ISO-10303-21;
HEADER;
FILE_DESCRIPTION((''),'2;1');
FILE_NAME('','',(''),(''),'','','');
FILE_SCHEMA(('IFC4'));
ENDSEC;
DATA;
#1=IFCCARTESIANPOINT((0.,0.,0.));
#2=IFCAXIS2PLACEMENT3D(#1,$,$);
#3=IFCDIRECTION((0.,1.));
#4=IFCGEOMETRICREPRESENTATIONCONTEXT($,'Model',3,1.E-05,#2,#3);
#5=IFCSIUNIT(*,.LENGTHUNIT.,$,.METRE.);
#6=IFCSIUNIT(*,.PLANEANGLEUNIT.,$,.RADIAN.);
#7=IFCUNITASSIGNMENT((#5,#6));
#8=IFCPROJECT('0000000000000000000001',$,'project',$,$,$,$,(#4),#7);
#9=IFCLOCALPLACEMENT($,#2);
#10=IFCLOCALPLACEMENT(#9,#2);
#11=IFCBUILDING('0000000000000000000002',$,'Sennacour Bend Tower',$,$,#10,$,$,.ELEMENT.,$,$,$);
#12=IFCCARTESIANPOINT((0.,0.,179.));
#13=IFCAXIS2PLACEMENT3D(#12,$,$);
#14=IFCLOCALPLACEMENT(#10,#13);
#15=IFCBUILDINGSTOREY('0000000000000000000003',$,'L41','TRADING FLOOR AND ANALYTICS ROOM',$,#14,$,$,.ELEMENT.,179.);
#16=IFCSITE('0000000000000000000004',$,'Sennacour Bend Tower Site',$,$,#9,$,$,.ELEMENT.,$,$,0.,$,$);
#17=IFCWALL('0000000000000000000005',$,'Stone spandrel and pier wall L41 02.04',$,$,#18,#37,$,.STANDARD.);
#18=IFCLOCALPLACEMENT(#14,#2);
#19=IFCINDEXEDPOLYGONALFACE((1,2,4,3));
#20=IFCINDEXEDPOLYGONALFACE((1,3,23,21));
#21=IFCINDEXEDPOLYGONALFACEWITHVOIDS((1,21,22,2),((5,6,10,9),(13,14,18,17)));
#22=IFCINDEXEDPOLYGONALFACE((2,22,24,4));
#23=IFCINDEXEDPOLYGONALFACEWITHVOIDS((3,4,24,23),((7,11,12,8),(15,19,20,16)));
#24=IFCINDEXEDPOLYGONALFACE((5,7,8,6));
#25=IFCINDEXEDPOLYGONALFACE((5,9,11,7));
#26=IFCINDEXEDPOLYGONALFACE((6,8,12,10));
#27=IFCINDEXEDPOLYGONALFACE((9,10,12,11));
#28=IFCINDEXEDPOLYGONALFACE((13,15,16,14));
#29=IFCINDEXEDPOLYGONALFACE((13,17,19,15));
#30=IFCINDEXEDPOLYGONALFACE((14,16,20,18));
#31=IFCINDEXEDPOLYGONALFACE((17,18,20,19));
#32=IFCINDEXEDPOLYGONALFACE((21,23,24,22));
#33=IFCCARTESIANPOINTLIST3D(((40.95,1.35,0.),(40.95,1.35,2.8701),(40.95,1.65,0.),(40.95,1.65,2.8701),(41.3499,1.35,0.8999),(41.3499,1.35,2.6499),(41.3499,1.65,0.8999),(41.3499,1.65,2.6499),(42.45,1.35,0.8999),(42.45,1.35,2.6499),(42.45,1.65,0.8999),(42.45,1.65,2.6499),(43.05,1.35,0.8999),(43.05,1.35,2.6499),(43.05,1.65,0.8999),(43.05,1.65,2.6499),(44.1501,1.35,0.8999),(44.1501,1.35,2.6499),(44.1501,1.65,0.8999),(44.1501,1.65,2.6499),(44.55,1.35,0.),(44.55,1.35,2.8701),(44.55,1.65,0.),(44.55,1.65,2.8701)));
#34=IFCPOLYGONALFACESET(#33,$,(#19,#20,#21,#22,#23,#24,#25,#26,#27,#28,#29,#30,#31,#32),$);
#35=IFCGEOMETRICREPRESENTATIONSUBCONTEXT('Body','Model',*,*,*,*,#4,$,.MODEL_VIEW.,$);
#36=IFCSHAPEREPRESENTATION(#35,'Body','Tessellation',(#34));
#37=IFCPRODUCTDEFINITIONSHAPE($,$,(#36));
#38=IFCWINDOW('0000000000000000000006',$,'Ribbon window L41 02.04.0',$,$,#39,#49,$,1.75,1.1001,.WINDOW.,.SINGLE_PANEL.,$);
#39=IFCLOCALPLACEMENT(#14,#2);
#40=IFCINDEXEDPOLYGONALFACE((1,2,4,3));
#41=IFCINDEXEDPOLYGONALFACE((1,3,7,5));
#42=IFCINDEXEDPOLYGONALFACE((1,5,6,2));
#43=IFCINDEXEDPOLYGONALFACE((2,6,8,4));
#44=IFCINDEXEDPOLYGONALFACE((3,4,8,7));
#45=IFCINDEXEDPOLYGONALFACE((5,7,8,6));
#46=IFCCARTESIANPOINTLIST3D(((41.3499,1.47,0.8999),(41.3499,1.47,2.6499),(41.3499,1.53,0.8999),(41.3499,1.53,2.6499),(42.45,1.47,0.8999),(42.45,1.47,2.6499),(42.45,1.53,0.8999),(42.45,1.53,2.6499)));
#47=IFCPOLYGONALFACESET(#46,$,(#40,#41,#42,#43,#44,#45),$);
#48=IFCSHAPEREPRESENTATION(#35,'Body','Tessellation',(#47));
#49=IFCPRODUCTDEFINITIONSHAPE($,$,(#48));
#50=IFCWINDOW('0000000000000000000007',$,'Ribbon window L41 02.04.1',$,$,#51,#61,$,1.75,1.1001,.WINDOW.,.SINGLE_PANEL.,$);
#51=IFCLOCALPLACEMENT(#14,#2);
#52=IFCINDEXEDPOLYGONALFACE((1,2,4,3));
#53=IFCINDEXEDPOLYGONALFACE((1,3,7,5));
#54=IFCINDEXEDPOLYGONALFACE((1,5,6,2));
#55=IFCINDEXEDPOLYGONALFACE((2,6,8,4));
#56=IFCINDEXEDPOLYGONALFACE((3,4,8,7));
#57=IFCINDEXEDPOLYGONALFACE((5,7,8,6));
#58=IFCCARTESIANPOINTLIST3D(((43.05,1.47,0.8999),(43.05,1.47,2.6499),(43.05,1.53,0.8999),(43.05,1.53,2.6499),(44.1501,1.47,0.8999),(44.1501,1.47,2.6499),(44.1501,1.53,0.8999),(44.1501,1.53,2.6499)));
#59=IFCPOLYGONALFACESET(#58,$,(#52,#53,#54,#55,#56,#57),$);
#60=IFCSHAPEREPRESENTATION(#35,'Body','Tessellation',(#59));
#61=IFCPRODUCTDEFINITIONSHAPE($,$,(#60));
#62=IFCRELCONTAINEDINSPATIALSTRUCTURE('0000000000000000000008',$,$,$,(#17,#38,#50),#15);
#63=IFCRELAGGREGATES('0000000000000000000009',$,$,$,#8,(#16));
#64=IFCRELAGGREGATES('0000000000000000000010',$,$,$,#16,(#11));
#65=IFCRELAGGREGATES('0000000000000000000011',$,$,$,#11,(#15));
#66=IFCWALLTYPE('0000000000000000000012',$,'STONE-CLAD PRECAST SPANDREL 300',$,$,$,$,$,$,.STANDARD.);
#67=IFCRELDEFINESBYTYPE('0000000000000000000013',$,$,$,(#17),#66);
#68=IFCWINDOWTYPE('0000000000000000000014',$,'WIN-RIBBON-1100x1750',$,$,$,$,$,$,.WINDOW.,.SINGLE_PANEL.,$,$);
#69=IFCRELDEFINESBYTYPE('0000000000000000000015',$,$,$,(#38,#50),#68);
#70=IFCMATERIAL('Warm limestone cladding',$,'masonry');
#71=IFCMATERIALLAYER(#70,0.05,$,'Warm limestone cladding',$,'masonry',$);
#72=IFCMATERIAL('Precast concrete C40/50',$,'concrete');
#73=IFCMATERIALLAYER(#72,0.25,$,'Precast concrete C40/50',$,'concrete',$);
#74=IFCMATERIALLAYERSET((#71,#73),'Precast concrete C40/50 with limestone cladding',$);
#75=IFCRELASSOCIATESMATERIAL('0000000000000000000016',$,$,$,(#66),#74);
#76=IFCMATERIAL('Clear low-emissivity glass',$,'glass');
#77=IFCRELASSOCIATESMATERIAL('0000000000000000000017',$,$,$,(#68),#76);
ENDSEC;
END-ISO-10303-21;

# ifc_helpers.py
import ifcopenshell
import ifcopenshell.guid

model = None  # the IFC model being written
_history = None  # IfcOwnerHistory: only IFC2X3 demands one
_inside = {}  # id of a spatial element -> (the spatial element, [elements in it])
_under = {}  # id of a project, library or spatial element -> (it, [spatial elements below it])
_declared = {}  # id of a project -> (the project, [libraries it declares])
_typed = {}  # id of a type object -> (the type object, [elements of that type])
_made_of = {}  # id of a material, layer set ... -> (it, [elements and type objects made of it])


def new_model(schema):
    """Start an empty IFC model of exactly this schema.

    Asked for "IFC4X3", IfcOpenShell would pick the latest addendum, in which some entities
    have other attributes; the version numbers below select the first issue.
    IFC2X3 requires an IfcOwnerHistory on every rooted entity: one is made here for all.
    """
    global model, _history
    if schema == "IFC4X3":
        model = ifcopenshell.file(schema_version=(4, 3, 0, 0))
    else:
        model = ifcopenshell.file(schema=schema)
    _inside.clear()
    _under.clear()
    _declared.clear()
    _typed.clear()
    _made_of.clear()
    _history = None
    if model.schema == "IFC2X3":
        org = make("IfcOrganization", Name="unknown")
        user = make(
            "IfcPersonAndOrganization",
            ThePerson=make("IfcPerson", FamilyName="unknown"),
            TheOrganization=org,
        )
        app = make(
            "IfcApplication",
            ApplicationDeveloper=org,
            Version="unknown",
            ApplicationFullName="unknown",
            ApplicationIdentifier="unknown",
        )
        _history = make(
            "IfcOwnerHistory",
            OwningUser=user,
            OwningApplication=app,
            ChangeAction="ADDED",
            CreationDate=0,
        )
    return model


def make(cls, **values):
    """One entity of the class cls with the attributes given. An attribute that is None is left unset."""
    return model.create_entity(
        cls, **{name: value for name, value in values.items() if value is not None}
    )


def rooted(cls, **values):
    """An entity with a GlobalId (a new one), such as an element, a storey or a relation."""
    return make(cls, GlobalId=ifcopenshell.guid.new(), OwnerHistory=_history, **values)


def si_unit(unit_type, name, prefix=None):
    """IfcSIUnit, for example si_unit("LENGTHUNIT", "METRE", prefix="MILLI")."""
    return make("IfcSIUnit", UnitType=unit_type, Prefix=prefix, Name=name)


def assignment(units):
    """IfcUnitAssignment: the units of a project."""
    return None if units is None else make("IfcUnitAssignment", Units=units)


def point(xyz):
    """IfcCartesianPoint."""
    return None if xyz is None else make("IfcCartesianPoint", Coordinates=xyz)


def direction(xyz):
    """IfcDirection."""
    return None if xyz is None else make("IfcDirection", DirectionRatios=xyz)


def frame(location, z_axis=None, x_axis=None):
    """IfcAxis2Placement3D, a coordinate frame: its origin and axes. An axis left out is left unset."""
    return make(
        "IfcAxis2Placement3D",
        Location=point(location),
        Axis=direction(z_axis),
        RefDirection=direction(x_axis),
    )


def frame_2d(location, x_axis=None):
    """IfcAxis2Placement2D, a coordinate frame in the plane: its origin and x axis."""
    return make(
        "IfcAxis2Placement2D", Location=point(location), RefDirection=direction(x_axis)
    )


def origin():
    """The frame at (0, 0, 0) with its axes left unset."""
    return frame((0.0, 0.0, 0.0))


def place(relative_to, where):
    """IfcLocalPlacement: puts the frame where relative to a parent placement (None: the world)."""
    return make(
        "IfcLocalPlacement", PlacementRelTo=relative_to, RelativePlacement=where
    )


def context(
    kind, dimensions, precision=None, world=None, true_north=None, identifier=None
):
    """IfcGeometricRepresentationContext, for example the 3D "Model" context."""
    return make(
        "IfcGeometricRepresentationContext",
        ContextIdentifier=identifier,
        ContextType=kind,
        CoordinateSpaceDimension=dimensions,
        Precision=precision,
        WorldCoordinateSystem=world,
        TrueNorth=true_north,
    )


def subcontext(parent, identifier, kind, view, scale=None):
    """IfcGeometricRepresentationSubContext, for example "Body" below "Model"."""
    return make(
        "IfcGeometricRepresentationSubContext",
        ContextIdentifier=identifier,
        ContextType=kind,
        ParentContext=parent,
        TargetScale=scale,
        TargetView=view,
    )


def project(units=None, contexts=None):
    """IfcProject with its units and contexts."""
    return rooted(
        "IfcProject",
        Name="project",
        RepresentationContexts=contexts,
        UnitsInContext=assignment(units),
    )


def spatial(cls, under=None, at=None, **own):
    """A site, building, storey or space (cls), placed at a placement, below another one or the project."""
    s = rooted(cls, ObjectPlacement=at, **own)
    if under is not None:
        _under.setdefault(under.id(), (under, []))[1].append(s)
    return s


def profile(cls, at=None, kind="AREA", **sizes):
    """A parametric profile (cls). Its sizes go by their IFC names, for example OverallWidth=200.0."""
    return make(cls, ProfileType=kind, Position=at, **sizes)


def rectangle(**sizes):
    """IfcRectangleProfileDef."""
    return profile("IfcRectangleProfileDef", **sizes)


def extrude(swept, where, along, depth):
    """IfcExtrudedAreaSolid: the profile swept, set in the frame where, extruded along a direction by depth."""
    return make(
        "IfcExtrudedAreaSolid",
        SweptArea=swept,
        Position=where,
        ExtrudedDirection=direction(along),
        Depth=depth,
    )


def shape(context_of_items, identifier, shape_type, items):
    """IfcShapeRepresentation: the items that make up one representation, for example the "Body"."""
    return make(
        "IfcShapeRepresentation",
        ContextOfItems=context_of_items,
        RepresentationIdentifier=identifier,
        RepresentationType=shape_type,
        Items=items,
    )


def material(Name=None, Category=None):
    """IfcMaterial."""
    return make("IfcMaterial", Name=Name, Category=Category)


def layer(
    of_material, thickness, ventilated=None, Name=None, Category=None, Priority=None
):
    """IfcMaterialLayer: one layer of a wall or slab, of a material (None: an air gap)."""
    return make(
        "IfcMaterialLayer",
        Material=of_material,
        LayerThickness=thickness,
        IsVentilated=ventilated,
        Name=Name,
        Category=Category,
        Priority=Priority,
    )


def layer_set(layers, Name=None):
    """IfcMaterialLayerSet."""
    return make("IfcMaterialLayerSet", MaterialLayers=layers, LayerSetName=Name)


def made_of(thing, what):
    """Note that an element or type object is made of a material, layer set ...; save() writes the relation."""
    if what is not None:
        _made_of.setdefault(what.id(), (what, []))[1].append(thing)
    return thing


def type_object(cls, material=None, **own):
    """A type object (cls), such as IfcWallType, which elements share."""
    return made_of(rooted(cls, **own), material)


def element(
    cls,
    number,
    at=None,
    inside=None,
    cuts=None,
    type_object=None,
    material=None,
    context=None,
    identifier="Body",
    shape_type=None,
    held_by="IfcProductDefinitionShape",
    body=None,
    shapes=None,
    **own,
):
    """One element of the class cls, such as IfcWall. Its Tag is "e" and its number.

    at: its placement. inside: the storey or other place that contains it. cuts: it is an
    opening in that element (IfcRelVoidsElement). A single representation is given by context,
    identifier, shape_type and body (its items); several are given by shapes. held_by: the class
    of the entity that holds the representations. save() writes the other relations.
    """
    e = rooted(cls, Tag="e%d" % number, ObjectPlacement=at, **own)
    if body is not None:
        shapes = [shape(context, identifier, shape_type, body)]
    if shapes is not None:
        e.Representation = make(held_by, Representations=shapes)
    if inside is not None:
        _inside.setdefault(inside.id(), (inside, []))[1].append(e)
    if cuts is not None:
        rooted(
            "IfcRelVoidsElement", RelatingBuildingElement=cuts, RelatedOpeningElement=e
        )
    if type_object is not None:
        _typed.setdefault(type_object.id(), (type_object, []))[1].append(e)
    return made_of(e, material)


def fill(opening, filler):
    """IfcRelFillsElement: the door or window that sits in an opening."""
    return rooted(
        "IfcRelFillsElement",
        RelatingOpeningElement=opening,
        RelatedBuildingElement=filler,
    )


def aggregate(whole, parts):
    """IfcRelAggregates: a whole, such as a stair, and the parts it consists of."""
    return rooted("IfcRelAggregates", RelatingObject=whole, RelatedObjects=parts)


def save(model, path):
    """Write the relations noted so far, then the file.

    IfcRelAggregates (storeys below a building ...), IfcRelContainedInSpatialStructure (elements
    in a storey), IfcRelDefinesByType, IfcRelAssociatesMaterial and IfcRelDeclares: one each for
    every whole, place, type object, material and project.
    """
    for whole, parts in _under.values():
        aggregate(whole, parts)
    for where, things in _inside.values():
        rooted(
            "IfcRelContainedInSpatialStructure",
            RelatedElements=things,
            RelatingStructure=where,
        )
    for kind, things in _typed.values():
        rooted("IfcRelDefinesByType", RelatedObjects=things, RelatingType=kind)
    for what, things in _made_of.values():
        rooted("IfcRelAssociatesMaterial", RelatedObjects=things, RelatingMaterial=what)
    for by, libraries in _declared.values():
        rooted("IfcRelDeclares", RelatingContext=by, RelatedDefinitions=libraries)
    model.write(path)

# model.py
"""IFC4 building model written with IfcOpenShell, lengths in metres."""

from ifc_helpers import new_model, si_unit, direction, frame, frame_2d, origin, place, context, subcontext, project, spatial, rectangle, extrude, material, layer, layer_set, type_object, element, fill, save


model = new_model("IFC4")

# Units and contexts
model_context = context("Model", 3, precision=1e-05, world=origin(), true_north=direction((0.0, 1.0)))
body_context = subcontext(model_context, "Body", "Model", "MODEL_VIEW")
ifc_project = project(units=[si_unit("LENGTHUNIT", "METRE"), si_unit("PLANEANGLEUNIT", "RADIAN")], contexts=[model_context])

# Site, building, storey
site_placement = place(None, origin())
site = spatial("IfcSite", under=ifc_project, at=site_placement, Name="Sennacour Bend Tower Site", CompositionType="ELEMENT", RefElevation=0.0)
building_placement = place(site_placement, origin())
building = spatial("IfcBuilding", under=site, at=building_placement, Name="Sennacour Bend Tower", CompositionType="ELEMENT")
storey_placement = place(building_placement, frame((0.0, 0.0, 179.0)))
storey = spatial("IfcBuildingStorey", under=building, at=storey_placement, Name="L41", Description="TRADING FLOOR AND ANALYTICS ROOM", CompositionType="ELEMENT", Elevation=179.0)

# Wall, openings, windows
ifc_material_1 = material(Name="Warm limestone cladding", Category="masonry")
ifc_layer_1 = layer(ifc_material_1, 0.05, Name="Warm limestone cladding", Category="masonry")
ifc_material_2 = material(Name="Precast concrete C40/50", Category="concrete")
ifc_layer_2 = layer(ifc_material_2, 0.25, Name="Precast concrete C40/50", Category="concrete")
ifc_layer_set_1 = layer_set([ifc_layer_1, ifc_layer_2], Name="Precast concrete C40/50 with limestone cladding")
wall_type_1 = type_object("IfcWallType", Name="STONE-CLAD PRECAST SPANDREL 300", PredefinedType="STANDARD", material=ifc_layer_set_1)
ifc_material_3 = material(Name="Clear low-emissivity glass", Category="glass")
window_type = type_object("IfcWindowType", Name="WIN-RIBBON-1100x1750", PartitioningType="SINGLE_PANEL", PredefinedType="WINDOW", material=ifc_material_3)
wall_1_placement = place(storey_placement, frame((40.95, 1.5, 0.0), z_axis=(0.0, 0.0, 1.0), x_axis=(1.0, 0.0, 0.0)))
wall_1 = element("IfcWall", 1, at=wall_1_placement, inside=storey, type_object=wall_type_1, Name="Stone spandrel and pier wall L41 02.04", PredefinedType="STANDARD", context=body_context, shape_type="SweptSolid", body=[
    extrude(rectangle(XDim=3.6001, YDim=0.3, at=frame_2d((1.8, 0.0))), origin(), (0.0, 0.0, 1.0), 2.8701),
])
opening_1_placement = place(wall_1_placement, frame((0.3999, 0.0, 0.8999)))
opening_1 = element("IfcOpeningElement", 2, at=opening_1_placement, cuts=wall_1, PredefinedType="OPENING", context=body_context, shape_type="SweptSolid", body=[
    extrude(rectangle(XDim=1.1001, YDim=1.75, at=frame_2d((0.55, 0.875))), frame((0.0, 0.1602, 0.0), z_axis=(0.0, -1.0, 0.0), x_axis=(1.0, 0.0, 0.0)), (0.0, 0.0, 1.0), 0.3201),
])
opening_2_placement = place(wall_1_placement, frame((2.1001, 0.0, 0.8999)))
opening_2 = element("IfcOpeningElement", 3, at=opening_2_placement, cuts=wall_1, PredefinedType="OPENING", context=body_context, shape_type="SweptSolid", body=[
    extrude(rectangle(XDim=1.1001, YDim=1.75, at=frame_2d((0.55, 0.875))), frame((0.0, 0.1602, 0.0), z_axis=(0.0, -1.0, 0.0), x_axis=(1.0, 0.0, 0.0)), (0.0, 0.0, 1.0), 0.3201),
])
window_1_placement = place(opening_1_placement, origin())
window_1 = element("IfcWindow", 4, at=window_1_placement, inside=storey, type_object=window_type, Name="Ribbon window L41 02.04.0", OverallHeight=1.75, OverallWidth=1.1001, PartitioningType="SINGLE_PANEL", PredefinedType="WINDOW", context=body_context, shape_type="SweptSolid", body=[
    extrude(rectangle(XDim=1.1001, YDim=1.75, at=frame_2d((0.55, 0.875))), frame((0.0, 0.03, 0.0), z_axis=(0.0, -1.0, 0.0), x_axis=(1.0, 0.0, 0.0)), (0.0, 0.0, 1.0), 0.0601),
])
fill(opening_1, window_1)
window_2_placement = place(opening_2_placement, origin())
window_2 = element("IfcWindow", 5, at=window_2_placement, inside=storey, type_object=window_type, Name="Ribbon window L41 02.04.1", OverallHeight=1.75, OverallWidth=1.1001, PartitioningType="SINGLE_PANEL", PredefinedType="WINDOW", context=body_context, shape_type="SweptSolid", body=[
    extrude(rectangle(XDim=1.1001, YDim=1.75, at=frame_2d((0.55, 0.875))), frame((0.0, 0.03, 0.0), z_axis=(0.0, -1.0, 0.0), x_axis=(1.0, 0.0, 0.0)), (0.0, 0.0, 1.0), 0.0601),
])
fill(opening_2, window_2)

save(model, "model.ifc")
